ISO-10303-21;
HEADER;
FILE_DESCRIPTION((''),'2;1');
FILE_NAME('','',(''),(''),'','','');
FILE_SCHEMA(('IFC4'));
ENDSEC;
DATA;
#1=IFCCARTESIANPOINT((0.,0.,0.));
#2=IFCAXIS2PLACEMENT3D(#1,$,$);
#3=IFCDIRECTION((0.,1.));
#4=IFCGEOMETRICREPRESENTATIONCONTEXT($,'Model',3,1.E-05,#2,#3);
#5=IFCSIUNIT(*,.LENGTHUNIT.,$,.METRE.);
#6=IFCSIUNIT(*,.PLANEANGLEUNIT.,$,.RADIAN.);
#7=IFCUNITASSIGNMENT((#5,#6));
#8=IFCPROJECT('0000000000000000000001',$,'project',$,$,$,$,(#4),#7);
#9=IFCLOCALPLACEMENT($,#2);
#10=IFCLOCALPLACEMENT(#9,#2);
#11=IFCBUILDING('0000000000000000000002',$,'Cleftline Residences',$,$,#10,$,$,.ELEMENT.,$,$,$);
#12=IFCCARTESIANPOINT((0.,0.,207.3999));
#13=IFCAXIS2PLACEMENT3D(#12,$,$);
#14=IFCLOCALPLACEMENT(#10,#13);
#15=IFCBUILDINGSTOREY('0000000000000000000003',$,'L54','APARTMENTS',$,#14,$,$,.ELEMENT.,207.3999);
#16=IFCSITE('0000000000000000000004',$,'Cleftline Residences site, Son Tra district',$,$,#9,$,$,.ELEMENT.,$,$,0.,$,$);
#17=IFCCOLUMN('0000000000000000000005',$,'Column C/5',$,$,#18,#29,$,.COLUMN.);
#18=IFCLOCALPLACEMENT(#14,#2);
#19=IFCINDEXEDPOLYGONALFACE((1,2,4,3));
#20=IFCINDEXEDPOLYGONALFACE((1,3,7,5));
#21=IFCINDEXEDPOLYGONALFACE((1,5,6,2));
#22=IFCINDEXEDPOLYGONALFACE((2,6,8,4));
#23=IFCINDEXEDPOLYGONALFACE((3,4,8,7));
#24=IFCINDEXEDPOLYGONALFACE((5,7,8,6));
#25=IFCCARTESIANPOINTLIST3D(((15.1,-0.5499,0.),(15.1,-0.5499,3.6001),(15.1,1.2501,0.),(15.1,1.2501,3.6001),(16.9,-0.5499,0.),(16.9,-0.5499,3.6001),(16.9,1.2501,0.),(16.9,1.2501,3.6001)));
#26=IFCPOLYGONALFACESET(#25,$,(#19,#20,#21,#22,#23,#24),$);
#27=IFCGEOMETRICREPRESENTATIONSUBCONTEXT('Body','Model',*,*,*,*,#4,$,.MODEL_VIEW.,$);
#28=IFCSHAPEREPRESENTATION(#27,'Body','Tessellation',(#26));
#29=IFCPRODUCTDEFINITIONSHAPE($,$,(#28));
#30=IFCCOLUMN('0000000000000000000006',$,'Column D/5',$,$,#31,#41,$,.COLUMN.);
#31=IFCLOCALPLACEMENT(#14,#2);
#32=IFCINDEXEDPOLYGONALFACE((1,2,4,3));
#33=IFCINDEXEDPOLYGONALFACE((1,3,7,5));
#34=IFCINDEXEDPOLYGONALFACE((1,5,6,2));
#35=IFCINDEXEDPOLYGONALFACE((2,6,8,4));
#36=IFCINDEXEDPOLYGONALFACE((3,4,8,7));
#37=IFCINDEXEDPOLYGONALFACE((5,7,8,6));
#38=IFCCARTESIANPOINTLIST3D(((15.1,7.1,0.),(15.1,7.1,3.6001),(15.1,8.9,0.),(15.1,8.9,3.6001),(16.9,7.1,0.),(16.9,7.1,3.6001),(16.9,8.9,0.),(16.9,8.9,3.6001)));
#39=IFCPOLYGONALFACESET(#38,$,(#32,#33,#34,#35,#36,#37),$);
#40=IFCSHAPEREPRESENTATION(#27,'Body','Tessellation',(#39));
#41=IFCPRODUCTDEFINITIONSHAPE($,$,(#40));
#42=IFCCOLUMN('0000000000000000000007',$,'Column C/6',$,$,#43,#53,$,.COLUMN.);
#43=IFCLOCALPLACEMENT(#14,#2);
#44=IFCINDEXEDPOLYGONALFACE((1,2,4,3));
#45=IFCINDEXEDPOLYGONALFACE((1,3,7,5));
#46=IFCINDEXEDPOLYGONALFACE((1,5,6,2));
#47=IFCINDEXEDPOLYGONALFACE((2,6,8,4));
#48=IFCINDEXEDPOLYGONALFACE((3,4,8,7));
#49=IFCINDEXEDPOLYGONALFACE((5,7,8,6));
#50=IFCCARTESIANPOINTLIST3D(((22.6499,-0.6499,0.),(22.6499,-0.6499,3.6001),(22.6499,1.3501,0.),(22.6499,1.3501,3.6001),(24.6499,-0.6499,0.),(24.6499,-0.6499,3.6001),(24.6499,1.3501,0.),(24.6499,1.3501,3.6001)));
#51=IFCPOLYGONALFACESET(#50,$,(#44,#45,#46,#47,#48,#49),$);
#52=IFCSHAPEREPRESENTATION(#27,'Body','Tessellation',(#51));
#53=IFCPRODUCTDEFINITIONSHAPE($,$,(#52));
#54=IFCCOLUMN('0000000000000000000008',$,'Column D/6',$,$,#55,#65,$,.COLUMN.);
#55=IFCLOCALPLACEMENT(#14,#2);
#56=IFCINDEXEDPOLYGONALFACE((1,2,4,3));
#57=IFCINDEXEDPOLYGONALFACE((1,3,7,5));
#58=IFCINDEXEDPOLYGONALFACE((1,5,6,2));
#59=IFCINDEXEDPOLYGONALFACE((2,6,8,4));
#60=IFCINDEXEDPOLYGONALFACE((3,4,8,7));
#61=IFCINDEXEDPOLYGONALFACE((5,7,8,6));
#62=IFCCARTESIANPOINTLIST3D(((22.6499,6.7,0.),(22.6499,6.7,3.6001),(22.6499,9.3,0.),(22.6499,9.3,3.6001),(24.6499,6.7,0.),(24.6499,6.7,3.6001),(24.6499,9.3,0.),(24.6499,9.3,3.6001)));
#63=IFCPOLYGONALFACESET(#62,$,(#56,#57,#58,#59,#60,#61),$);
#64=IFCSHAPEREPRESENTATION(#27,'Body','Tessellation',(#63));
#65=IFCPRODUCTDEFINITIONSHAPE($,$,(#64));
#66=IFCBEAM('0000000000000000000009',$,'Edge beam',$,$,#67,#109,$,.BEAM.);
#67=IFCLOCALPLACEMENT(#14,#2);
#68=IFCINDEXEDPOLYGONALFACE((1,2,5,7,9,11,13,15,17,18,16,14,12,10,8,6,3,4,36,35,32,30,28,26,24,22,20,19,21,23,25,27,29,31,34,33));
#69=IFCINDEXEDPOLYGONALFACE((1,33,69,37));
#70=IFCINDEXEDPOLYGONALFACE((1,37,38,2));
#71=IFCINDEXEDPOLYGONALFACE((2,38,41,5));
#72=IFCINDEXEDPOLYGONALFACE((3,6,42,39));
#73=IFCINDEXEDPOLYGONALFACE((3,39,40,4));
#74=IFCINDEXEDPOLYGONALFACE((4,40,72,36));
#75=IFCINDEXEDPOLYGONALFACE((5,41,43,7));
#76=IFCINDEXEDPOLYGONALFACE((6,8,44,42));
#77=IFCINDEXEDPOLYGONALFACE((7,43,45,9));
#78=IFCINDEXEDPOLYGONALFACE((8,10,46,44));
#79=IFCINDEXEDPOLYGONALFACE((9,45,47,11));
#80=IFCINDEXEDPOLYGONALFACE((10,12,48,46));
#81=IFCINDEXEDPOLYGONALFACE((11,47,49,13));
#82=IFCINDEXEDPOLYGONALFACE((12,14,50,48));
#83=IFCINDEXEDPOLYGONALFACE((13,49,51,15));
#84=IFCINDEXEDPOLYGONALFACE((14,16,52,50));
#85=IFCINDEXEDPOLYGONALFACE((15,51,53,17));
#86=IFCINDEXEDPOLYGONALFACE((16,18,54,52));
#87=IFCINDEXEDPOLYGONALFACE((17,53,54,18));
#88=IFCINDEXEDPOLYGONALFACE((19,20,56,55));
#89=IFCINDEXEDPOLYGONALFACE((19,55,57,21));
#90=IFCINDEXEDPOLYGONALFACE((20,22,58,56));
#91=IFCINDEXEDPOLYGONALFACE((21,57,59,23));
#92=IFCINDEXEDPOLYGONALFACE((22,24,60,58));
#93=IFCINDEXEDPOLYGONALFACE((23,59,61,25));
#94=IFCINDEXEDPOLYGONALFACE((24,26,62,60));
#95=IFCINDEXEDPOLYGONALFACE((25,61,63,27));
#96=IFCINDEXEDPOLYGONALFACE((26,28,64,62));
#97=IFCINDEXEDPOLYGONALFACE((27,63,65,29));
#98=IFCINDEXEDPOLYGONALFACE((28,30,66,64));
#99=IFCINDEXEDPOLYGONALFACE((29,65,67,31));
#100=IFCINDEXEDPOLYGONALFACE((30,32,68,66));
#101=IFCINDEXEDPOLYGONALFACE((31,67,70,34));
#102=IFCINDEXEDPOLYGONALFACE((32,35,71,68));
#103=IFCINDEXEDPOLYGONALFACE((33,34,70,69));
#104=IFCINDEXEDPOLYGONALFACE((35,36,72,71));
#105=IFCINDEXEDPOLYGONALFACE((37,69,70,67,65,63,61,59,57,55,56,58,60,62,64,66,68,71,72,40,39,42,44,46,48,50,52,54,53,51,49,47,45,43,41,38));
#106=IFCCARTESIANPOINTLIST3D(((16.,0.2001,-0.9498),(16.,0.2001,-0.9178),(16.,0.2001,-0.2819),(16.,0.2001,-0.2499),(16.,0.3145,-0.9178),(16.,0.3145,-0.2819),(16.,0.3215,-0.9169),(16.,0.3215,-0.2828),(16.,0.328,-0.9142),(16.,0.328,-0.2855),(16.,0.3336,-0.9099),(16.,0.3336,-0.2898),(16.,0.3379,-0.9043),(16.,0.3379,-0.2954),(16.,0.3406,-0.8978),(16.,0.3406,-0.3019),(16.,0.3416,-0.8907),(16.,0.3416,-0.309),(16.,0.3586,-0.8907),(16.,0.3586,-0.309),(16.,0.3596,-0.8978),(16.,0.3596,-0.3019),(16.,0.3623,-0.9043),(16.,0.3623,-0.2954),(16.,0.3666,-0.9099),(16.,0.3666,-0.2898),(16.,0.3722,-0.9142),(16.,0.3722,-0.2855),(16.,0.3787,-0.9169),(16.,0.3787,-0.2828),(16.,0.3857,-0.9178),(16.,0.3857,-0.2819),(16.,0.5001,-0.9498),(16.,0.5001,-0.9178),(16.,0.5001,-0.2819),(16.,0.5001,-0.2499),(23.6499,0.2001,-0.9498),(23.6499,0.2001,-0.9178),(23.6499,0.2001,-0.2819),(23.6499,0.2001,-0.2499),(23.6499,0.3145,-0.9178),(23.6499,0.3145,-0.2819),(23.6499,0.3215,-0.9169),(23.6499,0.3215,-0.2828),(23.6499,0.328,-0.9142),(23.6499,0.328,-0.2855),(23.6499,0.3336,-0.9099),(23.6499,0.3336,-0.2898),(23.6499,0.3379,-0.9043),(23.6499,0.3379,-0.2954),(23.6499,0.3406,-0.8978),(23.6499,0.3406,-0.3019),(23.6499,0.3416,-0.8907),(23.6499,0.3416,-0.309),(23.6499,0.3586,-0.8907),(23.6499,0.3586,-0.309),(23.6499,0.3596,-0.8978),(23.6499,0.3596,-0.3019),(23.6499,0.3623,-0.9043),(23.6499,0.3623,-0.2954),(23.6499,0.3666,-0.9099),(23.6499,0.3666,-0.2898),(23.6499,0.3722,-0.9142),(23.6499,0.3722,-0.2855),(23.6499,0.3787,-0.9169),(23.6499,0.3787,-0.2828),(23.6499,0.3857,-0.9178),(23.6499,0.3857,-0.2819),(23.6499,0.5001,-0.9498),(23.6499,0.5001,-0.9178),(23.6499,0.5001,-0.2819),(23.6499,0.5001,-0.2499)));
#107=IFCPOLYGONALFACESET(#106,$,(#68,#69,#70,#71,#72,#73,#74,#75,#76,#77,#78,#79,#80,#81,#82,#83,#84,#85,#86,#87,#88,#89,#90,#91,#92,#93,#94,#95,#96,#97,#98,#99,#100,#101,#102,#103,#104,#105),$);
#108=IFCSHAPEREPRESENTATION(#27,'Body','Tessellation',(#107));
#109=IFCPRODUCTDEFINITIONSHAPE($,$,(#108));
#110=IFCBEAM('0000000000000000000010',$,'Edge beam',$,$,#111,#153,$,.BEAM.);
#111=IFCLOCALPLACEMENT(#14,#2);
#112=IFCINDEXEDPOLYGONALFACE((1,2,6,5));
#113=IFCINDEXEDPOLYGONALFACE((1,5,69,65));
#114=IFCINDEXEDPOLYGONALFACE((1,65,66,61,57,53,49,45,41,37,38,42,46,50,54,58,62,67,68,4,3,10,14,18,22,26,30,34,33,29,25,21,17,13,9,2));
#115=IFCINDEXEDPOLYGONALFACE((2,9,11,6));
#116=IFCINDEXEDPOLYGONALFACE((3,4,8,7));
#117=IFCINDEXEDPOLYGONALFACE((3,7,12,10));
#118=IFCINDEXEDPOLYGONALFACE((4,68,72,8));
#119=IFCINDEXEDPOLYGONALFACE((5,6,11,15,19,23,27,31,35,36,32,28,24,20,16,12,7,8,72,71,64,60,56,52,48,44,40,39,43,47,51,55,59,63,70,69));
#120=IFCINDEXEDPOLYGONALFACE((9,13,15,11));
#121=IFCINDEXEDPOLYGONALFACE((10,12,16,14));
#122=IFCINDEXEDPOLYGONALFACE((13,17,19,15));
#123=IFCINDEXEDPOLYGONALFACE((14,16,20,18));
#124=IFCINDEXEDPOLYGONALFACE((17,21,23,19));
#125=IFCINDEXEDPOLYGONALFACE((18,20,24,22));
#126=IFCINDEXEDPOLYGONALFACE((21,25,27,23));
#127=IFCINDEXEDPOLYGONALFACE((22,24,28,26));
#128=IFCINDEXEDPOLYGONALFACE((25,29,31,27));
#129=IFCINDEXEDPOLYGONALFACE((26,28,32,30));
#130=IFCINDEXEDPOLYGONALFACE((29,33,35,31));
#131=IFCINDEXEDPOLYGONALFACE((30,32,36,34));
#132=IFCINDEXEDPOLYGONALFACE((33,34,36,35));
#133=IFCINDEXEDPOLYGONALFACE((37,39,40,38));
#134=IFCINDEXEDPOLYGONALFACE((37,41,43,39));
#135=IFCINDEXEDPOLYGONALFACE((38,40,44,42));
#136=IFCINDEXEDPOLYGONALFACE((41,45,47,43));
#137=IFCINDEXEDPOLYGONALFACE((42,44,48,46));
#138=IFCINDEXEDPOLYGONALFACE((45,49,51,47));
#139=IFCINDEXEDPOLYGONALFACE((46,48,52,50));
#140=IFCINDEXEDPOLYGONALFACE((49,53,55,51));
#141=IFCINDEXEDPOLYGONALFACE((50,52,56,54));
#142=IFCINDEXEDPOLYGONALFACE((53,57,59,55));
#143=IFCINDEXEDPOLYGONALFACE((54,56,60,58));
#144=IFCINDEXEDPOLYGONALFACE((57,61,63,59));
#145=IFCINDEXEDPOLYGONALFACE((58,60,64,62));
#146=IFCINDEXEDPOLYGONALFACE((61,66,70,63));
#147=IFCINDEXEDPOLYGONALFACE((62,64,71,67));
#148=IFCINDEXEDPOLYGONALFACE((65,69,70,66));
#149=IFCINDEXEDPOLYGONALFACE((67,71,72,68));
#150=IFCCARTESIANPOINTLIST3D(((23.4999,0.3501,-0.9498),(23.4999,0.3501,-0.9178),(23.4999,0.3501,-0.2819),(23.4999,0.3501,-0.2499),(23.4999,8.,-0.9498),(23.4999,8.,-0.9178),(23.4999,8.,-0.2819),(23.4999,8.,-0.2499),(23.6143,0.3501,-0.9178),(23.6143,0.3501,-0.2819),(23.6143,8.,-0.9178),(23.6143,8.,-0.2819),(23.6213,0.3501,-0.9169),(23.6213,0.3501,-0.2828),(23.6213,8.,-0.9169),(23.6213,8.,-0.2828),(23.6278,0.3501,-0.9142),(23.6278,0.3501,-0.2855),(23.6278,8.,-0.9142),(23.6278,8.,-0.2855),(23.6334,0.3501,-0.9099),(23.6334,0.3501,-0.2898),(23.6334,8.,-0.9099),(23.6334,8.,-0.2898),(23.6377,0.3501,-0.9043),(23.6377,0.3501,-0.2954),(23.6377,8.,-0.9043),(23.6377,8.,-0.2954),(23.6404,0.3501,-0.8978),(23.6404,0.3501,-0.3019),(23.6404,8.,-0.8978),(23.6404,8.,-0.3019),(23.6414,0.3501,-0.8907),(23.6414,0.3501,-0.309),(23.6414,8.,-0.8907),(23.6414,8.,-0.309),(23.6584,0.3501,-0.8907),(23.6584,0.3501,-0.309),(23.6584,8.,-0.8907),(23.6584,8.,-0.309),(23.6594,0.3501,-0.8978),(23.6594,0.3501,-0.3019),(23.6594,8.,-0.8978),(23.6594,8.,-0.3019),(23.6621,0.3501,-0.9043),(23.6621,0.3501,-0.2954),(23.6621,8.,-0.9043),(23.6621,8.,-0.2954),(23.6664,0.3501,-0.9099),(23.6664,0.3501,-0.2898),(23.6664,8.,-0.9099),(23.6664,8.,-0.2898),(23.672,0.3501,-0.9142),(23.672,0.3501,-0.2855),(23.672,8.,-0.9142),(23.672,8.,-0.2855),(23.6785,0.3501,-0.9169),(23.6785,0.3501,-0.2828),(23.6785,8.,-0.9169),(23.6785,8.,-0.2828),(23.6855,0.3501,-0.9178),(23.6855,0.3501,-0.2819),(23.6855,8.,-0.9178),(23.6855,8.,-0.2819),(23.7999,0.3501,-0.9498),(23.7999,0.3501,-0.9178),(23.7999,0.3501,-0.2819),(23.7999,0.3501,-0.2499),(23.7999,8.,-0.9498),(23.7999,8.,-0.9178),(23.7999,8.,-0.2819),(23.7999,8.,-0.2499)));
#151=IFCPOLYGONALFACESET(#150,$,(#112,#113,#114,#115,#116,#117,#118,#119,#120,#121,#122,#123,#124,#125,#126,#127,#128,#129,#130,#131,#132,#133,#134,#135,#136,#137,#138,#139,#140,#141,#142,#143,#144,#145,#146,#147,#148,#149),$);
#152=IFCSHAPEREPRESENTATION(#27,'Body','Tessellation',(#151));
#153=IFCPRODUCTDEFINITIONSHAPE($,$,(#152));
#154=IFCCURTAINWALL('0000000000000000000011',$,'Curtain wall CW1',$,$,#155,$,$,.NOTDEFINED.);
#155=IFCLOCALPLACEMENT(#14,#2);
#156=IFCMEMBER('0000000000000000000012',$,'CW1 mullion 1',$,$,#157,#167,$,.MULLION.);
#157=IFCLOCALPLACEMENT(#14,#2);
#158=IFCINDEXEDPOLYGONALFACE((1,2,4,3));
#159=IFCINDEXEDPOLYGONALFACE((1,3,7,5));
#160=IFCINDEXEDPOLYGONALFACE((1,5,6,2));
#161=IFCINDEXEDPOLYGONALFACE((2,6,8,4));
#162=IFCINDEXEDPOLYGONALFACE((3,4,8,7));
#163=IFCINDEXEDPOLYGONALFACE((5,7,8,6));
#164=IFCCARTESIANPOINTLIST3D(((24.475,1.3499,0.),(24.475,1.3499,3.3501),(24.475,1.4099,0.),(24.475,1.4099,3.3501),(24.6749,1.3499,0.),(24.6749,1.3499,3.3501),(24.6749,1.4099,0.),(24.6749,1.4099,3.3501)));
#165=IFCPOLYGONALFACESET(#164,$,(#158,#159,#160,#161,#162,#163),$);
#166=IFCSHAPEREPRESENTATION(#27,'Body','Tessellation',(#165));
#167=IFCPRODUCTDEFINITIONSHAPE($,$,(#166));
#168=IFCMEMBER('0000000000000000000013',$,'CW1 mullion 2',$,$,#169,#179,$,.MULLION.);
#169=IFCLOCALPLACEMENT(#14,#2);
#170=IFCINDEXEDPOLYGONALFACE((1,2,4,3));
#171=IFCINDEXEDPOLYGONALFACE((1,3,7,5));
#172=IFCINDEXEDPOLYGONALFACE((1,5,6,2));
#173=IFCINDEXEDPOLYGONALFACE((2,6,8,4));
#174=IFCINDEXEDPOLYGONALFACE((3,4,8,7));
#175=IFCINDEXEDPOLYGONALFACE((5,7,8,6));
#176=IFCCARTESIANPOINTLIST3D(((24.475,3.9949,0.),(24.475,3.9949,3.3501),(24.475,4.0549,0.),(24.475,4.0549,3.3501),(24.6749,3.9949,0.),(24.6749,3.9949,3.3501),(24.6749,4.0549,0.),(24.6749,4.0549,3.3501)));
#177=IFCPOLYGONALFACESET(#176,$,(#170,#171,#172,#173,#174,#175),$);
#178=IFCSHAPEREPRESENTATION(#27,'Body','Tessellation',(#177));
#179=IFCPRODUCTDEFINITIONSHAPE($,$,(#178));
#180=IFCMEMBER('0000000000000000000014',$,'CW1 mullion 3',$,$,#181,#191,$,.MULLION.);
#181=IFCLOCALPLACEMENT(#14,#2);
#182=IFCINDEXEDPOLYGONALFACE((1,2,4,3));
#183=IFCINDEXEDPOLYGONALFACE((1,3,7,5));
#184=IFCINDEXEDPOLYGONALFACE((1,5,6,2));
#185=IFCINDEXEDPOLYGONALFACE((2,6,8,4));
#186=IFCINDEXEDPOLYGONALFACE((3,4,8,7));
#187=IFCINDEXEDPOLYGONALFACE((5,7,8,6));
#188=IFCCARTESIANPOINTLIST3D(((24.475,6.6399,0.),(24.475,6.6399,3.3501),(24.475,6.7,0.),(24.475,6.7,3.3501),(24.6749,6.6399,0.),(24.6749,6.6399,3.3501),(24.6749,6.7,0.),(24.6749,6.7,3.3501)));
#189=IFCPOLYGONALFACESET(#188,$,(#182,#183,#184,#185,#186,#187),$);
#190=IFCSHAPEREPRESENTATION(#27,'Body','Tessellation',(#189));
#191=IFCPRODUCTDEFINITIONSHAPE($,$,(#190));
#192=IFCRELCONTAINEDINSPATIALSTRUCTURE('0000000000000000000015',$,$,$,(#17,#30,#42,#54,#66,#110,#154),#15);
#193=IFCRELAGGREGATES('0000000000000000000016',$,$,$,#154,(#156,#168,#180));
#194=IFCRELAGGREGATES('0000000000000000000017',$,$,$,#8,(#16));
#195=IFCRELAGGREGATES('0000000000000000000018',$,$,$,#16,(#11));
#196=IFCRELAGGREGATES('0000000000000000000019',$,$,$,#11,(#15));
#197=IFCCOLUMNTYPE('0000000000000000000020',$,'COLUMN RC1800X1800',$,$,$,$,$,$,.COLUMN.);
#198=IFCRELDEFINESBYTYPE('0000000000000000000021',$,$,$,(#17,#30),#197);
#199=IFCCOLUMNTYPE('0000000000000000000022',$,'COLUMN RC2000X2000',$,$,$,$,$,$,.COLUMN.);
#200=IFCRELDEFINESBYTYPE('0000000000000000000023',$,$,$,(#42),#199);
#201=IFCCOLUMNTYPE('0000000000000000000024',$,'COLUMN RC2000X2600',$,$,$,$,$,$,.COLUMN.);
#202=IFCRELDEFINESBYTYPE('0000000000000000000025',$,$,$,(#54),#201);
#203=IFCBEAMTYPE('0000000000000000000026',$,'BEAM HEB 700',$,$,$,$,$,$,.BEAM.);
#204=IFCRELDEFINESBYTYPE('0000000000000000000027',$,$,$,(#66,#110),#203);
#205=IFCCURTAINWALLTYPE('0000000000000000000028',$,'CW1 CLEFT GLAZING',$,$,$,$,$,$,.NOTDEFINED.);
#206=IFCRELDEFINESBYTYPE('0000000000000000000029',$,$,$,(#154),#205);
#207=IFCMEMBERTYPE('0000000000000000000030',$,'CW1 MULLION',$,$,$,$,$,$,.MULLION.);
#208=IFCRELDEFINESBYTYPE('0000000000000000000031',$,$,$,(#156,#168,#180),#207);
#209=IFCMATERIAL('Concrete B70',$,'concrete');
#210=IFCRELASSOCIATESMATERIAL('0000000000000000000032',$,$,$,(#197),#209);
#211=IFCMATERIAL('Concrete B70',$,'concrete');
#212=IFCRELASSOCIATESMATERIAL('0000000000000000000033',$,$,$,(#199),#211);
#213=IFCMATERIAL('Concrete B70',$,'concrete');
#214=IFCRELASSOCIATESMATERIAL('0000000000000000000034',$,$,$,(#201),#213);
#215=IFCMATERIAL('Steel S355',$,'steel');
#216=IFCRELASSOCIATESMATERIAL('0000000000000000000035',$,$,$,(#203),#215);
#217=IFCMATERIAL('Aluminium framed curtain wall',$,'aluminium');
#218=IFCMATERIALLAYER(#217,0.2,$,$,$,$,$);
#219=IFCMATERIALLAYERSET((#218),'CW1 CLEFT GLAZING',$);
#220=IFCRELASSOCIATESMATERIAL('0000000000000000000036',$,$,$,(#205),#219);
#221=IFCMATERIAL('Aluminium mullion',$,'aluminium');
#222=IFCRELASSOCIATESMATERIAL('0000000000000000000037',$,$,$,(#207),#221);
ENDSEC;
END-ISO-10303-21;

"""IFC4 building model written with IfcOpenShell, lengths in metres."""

from ifc_helpers import new_model, si_unit, direction, frame, origin, origin_2d, place, context, subcontext, project, spatial, rectangle, i_section, extrude, material, layer, layer_set, material_profile, profile_set, type_object, element, aggregate, save


model = new_model("IFC4")

# Units and contexts
model_context = context("Model", 3, precision=1e-05, world=origin(), true_north=direction((0.0, 1.0)))
body_context = subcontext(model_context, "Body", "Model", "MODEL_VIEW")
ifc_project = project(units=[si_unit("LENGTHUNIT", "METRE"), si_unit("PLANEANGLEUNIT", "RADIAN")], contexts=[model_context])

# Site, building, storey
site_placement = place(None, origin())
site = spatial("IfcSite", under=ifc_project, at=site_placement, Name="Cleftline Residences site, Son Tra district", CompositionType="ELEMENT", RefElevation=0.0)
building_placement = place(site_placement, origin())
building = spatial("IfcBuilding", under=site, at=building_placement, Name="Cleftline Residences", CompositionType="ELEMENT")
storey_placement = place(building_placement, frame((0.0, 0.0, 207.3999)))
storey = spatial("IfcBuildingStorey", under=building, at=storey_placement, Name="L54", Description="APARTMENTS", CompositionType="ELEMENT", Elevation=207.3999)

# Columns
ifc_material_1 = material(Name="Concrete B70", Category="concrete")
ifc_material_profile_1 = material_profile(ifc_material_1, rectangle(XDim=1.8, YDim=1.8, at=origin_2d()))
ifc_profile_set_1 = profile_set([ifc_material_profile_1], Name="Concrete B70")
column_type_1 = type_object("IfcColumnType", Name="COLUMN RC1800X1800", PredefinedType="COLUMN", material=ifc_profile_set_1)
for number, where, z_axis, x_axis, name in (
    (1, (16.0, 0.3501, 0.0), (0.0, 0.0, 1.0), (1.0, 0.0, 0.0), "Column C/5"),
    (2, (16.0, 8.0, 0.0), (0.0, 0.0, 1.0), (1.0, 0.0, 0.0), "Column D/5"),
):
    element("IfcColumn", number, at=place(storey_placement, frame(where, z_axis=z_axis, x_axis=x_axis)), inside=storey, type_object=column_type_1, Name=name, PredefinedType="COLUMN", context=body_context, shape_type="SweptSolid", body=[
        extrude(rectangle(XDim=1.8, YDim=1.8, at=origin_2d()), origin(), (0.0, 0.0, 1.0), 3.6001),
    ])
ifc_material_2 = material(Name="Concrete B70", Category="concrete")
ifc_material_profile_2 = material_profile(ifc_material_2, rectangle(XDim=2.0, YDim=2.0, at=origin_2d()))
ifc_profile_set_2 = profile_set([ifc_material_profile_2], Name="Concrete B70")
column_type_2 = type_object("IfcColumnType", Name="COLUMN RC2000X2000", PredefinedType="COLUMN", material=ifc_profile_set_2)
column_1_placement = place(storey_placement, frame((23.6499, 0.3501, 0.0), z_axis=(0.0, 0.0, 1.0), x_axis=(1.0, 0.0, 0.0)))
element("IfcColumn", 3, at=column_1_placement, inside=storey, type_object=column_type_2, Name="Column C/6", PredefinedType="COLUMN", context=body_context, shape_type="SweptSolid", body=[
    extrude(rectangle(XDim=2.0, YDim=2.0, at=origin_2d()), origin(), (0.0, 0.0, 1.0), 3.6001),
])
ifc_material_3 = material(Name="Concrete B70", Category="concrete")
ifc_material_profile_3 = material_profile(ifc_material_3, rectangle(XDim=2.0, YDim=2.6001, at=origin_2d()))
ifc_profile_set_3 = profile_set([ifc_material_profile_3], Name="Concrete B70")
column_type_3 = type_object("IfcColumnType", Name="COLUMN RC2000X2600", PredefinedType="COLUMN", material=ifc_profile_set_3)
column_2_placement = place(storey_placement, frame((23.6499, 8.0, 0.0), z_axis=(0.0, 0.0, 1.0), x_axis=(1.0, 0.0, 0.0)))
element("IfcColumn", 4, at=column_2_placement, inside=storey, type_object=column_type_3, Name="Column D/6", PredefinedType="COLUMN", context=body_context, shape_type="SweptSolid", body=[
    extrude(rectangle(XDim=2.0, YDim=2.6001, at=origin_2d()), origin(), (0.0, 0.0, 1.0), 3.6001),
])

# Beams
ifc_material_4 = material(Name="Steel S355", Category="steel")
ifc_material_profile_4 = material_profile(ifc_material_4, i_section(OverallWidth=0.3, OverallDepth=0.7, WebThickness=0.0171, FlangeThickness=0.032, FilletRadius=0.0271, at=origin_2d()))
ifc_profile_set_4 = profile_set([ifc_material_profile_4], Name="Steel S355")
beam_type = type_object("IfcBeamType", Name="BEAM HEB 700", PredefinedType="BEAM", material=ifc_profile_set_4)
for number, where, z_axis, x_axis, name in (
    (5, (16.0, 0.3501, -0.5999), (1.0, 0.0, 0.0), (0.0, 1.0, 0.0), "Edge beam"),
    (6, (23.6499, 0.3501, -0.5999), (0.0, 1.0, 0.0), (-1.0, 0.0, 0.0), "Edge beam"),
):
    element("IfcBeam", number, at=place(storey_placement, frame(where, z_axis=z_axis, x_axis=x_axis)), inside=storey, type_object=beam_type, Name=name, PredefinedType="BEAM", context=body_context, shape_type="SweptSolid", body=[
        extrude(i_section(OverallWidth=0.3, OverallDepth=0.7, WebThickness=0.0171, FlangeThickness=0.032, FilletRadius=0.0271, at=origin_2d()), origin(), (0.0, 0.0, 1.0), 7.6499),
    ])

# Curtain wall, members
ifc_material_5 = material(Name="Aluminium framed curtain wall", Category="aluminium")
ifc_layer_1 = layer(ifc_material_5, 0.2)
ifc_layer_set_1 = layer_set([ifc_layer_1], Name="CW1 CLEFT GLAZING")
curtain_wall_type = type_object("IfcCurtainWallType", Name="CW1 CLEFT GLAZING", PredefinedType="NOTDEFINED", material=ifc_layer_set_1)
curtain_wall_1_placement = place(storey_placement, origin())
curtain_wall_1 = element("IfcCurtainWall", 7, at=curtain_wall_1_placement, inside=storey, type_object=curtain_wall_type, Name="Curtain wall CW1", PredefinedType="NOTDEFINED")
ifc_material_6 = material(Name="Aluminium mullion", Category="aluminium")
ifc_material_profile_5 = material_profile(ifc_material_6, rectangle(XDim=0.2, YDim=0.0601, at=origin_2d()))
ifc_profile_set_5 = profile_set([ifc_material_profile_5], Name="Aluminium mullion")
member_type_1 = type_object("IfcMemberType", Name="CW1 MULLION", PredefinedType="MULLION", material=ifc_profile_set_5)
member_1_placement = place(storey_placement, frame((24.575, 1.3799, 0.0), z_axis=(0.0, 0.0, 1.0), x_axis=(-1.0, 0.0, 0.0)))
member_1 = element("IfcMember", 8, at=member_1_placement, type_object=member_type_1, Name="CW1 mullion 1", PredefinedType="MULLION", context=body_context, shape_type="SweptSolid", body=[
    extrude(rectangle(XDim=0.2, YDim=0.0601, at=origin_2d()), origin(), (0.0, 0.0, 1.0), 3.3501),
])
member_2_placement = place(storey_placement, frame((24.575, 4.0249, 0.0), z_axis=(0.0, 0.0, 1.0), x_axis=(-1.0, 0.0, 0.0)))
member_2 = element("IfcMember", 9, at=member_2_placement, type_object=member_type_1, Name="CW1 mullion 2", PredefinedType="MULLION", context=body_context, shape_type="SweptSolid", body=[
    extrude(rectangle(XDim=0.2, YDim=0.0601, at=origin_2d()), origin(), (0.0, 0.0, 1.0), 3.3501),
])
member_3_placement = place(storey_placement, frame((24.575, 6.6699, 0.0), z_axis=(0.0, 0.0, 1.0), x_axis=(-1.0, 0.0, 0.0)))
member_3 = element("IfcMember", 10, at=member_3_placement, type_object=member_type_1, Name="CW1 mullion 3", PredefinedType="MULLION", context=body_context, shape_type="SweptSolid", body=[
    extrude(rectangle(XDim=0.2, YDim=0.0601, at=origin_2d()), origin(), (0.0, 0.0, 1.0), 3.3501),
])

aggregate(curtain_wall_1, [member_1, member_2, member_3])

save(model, "model.ifc")
